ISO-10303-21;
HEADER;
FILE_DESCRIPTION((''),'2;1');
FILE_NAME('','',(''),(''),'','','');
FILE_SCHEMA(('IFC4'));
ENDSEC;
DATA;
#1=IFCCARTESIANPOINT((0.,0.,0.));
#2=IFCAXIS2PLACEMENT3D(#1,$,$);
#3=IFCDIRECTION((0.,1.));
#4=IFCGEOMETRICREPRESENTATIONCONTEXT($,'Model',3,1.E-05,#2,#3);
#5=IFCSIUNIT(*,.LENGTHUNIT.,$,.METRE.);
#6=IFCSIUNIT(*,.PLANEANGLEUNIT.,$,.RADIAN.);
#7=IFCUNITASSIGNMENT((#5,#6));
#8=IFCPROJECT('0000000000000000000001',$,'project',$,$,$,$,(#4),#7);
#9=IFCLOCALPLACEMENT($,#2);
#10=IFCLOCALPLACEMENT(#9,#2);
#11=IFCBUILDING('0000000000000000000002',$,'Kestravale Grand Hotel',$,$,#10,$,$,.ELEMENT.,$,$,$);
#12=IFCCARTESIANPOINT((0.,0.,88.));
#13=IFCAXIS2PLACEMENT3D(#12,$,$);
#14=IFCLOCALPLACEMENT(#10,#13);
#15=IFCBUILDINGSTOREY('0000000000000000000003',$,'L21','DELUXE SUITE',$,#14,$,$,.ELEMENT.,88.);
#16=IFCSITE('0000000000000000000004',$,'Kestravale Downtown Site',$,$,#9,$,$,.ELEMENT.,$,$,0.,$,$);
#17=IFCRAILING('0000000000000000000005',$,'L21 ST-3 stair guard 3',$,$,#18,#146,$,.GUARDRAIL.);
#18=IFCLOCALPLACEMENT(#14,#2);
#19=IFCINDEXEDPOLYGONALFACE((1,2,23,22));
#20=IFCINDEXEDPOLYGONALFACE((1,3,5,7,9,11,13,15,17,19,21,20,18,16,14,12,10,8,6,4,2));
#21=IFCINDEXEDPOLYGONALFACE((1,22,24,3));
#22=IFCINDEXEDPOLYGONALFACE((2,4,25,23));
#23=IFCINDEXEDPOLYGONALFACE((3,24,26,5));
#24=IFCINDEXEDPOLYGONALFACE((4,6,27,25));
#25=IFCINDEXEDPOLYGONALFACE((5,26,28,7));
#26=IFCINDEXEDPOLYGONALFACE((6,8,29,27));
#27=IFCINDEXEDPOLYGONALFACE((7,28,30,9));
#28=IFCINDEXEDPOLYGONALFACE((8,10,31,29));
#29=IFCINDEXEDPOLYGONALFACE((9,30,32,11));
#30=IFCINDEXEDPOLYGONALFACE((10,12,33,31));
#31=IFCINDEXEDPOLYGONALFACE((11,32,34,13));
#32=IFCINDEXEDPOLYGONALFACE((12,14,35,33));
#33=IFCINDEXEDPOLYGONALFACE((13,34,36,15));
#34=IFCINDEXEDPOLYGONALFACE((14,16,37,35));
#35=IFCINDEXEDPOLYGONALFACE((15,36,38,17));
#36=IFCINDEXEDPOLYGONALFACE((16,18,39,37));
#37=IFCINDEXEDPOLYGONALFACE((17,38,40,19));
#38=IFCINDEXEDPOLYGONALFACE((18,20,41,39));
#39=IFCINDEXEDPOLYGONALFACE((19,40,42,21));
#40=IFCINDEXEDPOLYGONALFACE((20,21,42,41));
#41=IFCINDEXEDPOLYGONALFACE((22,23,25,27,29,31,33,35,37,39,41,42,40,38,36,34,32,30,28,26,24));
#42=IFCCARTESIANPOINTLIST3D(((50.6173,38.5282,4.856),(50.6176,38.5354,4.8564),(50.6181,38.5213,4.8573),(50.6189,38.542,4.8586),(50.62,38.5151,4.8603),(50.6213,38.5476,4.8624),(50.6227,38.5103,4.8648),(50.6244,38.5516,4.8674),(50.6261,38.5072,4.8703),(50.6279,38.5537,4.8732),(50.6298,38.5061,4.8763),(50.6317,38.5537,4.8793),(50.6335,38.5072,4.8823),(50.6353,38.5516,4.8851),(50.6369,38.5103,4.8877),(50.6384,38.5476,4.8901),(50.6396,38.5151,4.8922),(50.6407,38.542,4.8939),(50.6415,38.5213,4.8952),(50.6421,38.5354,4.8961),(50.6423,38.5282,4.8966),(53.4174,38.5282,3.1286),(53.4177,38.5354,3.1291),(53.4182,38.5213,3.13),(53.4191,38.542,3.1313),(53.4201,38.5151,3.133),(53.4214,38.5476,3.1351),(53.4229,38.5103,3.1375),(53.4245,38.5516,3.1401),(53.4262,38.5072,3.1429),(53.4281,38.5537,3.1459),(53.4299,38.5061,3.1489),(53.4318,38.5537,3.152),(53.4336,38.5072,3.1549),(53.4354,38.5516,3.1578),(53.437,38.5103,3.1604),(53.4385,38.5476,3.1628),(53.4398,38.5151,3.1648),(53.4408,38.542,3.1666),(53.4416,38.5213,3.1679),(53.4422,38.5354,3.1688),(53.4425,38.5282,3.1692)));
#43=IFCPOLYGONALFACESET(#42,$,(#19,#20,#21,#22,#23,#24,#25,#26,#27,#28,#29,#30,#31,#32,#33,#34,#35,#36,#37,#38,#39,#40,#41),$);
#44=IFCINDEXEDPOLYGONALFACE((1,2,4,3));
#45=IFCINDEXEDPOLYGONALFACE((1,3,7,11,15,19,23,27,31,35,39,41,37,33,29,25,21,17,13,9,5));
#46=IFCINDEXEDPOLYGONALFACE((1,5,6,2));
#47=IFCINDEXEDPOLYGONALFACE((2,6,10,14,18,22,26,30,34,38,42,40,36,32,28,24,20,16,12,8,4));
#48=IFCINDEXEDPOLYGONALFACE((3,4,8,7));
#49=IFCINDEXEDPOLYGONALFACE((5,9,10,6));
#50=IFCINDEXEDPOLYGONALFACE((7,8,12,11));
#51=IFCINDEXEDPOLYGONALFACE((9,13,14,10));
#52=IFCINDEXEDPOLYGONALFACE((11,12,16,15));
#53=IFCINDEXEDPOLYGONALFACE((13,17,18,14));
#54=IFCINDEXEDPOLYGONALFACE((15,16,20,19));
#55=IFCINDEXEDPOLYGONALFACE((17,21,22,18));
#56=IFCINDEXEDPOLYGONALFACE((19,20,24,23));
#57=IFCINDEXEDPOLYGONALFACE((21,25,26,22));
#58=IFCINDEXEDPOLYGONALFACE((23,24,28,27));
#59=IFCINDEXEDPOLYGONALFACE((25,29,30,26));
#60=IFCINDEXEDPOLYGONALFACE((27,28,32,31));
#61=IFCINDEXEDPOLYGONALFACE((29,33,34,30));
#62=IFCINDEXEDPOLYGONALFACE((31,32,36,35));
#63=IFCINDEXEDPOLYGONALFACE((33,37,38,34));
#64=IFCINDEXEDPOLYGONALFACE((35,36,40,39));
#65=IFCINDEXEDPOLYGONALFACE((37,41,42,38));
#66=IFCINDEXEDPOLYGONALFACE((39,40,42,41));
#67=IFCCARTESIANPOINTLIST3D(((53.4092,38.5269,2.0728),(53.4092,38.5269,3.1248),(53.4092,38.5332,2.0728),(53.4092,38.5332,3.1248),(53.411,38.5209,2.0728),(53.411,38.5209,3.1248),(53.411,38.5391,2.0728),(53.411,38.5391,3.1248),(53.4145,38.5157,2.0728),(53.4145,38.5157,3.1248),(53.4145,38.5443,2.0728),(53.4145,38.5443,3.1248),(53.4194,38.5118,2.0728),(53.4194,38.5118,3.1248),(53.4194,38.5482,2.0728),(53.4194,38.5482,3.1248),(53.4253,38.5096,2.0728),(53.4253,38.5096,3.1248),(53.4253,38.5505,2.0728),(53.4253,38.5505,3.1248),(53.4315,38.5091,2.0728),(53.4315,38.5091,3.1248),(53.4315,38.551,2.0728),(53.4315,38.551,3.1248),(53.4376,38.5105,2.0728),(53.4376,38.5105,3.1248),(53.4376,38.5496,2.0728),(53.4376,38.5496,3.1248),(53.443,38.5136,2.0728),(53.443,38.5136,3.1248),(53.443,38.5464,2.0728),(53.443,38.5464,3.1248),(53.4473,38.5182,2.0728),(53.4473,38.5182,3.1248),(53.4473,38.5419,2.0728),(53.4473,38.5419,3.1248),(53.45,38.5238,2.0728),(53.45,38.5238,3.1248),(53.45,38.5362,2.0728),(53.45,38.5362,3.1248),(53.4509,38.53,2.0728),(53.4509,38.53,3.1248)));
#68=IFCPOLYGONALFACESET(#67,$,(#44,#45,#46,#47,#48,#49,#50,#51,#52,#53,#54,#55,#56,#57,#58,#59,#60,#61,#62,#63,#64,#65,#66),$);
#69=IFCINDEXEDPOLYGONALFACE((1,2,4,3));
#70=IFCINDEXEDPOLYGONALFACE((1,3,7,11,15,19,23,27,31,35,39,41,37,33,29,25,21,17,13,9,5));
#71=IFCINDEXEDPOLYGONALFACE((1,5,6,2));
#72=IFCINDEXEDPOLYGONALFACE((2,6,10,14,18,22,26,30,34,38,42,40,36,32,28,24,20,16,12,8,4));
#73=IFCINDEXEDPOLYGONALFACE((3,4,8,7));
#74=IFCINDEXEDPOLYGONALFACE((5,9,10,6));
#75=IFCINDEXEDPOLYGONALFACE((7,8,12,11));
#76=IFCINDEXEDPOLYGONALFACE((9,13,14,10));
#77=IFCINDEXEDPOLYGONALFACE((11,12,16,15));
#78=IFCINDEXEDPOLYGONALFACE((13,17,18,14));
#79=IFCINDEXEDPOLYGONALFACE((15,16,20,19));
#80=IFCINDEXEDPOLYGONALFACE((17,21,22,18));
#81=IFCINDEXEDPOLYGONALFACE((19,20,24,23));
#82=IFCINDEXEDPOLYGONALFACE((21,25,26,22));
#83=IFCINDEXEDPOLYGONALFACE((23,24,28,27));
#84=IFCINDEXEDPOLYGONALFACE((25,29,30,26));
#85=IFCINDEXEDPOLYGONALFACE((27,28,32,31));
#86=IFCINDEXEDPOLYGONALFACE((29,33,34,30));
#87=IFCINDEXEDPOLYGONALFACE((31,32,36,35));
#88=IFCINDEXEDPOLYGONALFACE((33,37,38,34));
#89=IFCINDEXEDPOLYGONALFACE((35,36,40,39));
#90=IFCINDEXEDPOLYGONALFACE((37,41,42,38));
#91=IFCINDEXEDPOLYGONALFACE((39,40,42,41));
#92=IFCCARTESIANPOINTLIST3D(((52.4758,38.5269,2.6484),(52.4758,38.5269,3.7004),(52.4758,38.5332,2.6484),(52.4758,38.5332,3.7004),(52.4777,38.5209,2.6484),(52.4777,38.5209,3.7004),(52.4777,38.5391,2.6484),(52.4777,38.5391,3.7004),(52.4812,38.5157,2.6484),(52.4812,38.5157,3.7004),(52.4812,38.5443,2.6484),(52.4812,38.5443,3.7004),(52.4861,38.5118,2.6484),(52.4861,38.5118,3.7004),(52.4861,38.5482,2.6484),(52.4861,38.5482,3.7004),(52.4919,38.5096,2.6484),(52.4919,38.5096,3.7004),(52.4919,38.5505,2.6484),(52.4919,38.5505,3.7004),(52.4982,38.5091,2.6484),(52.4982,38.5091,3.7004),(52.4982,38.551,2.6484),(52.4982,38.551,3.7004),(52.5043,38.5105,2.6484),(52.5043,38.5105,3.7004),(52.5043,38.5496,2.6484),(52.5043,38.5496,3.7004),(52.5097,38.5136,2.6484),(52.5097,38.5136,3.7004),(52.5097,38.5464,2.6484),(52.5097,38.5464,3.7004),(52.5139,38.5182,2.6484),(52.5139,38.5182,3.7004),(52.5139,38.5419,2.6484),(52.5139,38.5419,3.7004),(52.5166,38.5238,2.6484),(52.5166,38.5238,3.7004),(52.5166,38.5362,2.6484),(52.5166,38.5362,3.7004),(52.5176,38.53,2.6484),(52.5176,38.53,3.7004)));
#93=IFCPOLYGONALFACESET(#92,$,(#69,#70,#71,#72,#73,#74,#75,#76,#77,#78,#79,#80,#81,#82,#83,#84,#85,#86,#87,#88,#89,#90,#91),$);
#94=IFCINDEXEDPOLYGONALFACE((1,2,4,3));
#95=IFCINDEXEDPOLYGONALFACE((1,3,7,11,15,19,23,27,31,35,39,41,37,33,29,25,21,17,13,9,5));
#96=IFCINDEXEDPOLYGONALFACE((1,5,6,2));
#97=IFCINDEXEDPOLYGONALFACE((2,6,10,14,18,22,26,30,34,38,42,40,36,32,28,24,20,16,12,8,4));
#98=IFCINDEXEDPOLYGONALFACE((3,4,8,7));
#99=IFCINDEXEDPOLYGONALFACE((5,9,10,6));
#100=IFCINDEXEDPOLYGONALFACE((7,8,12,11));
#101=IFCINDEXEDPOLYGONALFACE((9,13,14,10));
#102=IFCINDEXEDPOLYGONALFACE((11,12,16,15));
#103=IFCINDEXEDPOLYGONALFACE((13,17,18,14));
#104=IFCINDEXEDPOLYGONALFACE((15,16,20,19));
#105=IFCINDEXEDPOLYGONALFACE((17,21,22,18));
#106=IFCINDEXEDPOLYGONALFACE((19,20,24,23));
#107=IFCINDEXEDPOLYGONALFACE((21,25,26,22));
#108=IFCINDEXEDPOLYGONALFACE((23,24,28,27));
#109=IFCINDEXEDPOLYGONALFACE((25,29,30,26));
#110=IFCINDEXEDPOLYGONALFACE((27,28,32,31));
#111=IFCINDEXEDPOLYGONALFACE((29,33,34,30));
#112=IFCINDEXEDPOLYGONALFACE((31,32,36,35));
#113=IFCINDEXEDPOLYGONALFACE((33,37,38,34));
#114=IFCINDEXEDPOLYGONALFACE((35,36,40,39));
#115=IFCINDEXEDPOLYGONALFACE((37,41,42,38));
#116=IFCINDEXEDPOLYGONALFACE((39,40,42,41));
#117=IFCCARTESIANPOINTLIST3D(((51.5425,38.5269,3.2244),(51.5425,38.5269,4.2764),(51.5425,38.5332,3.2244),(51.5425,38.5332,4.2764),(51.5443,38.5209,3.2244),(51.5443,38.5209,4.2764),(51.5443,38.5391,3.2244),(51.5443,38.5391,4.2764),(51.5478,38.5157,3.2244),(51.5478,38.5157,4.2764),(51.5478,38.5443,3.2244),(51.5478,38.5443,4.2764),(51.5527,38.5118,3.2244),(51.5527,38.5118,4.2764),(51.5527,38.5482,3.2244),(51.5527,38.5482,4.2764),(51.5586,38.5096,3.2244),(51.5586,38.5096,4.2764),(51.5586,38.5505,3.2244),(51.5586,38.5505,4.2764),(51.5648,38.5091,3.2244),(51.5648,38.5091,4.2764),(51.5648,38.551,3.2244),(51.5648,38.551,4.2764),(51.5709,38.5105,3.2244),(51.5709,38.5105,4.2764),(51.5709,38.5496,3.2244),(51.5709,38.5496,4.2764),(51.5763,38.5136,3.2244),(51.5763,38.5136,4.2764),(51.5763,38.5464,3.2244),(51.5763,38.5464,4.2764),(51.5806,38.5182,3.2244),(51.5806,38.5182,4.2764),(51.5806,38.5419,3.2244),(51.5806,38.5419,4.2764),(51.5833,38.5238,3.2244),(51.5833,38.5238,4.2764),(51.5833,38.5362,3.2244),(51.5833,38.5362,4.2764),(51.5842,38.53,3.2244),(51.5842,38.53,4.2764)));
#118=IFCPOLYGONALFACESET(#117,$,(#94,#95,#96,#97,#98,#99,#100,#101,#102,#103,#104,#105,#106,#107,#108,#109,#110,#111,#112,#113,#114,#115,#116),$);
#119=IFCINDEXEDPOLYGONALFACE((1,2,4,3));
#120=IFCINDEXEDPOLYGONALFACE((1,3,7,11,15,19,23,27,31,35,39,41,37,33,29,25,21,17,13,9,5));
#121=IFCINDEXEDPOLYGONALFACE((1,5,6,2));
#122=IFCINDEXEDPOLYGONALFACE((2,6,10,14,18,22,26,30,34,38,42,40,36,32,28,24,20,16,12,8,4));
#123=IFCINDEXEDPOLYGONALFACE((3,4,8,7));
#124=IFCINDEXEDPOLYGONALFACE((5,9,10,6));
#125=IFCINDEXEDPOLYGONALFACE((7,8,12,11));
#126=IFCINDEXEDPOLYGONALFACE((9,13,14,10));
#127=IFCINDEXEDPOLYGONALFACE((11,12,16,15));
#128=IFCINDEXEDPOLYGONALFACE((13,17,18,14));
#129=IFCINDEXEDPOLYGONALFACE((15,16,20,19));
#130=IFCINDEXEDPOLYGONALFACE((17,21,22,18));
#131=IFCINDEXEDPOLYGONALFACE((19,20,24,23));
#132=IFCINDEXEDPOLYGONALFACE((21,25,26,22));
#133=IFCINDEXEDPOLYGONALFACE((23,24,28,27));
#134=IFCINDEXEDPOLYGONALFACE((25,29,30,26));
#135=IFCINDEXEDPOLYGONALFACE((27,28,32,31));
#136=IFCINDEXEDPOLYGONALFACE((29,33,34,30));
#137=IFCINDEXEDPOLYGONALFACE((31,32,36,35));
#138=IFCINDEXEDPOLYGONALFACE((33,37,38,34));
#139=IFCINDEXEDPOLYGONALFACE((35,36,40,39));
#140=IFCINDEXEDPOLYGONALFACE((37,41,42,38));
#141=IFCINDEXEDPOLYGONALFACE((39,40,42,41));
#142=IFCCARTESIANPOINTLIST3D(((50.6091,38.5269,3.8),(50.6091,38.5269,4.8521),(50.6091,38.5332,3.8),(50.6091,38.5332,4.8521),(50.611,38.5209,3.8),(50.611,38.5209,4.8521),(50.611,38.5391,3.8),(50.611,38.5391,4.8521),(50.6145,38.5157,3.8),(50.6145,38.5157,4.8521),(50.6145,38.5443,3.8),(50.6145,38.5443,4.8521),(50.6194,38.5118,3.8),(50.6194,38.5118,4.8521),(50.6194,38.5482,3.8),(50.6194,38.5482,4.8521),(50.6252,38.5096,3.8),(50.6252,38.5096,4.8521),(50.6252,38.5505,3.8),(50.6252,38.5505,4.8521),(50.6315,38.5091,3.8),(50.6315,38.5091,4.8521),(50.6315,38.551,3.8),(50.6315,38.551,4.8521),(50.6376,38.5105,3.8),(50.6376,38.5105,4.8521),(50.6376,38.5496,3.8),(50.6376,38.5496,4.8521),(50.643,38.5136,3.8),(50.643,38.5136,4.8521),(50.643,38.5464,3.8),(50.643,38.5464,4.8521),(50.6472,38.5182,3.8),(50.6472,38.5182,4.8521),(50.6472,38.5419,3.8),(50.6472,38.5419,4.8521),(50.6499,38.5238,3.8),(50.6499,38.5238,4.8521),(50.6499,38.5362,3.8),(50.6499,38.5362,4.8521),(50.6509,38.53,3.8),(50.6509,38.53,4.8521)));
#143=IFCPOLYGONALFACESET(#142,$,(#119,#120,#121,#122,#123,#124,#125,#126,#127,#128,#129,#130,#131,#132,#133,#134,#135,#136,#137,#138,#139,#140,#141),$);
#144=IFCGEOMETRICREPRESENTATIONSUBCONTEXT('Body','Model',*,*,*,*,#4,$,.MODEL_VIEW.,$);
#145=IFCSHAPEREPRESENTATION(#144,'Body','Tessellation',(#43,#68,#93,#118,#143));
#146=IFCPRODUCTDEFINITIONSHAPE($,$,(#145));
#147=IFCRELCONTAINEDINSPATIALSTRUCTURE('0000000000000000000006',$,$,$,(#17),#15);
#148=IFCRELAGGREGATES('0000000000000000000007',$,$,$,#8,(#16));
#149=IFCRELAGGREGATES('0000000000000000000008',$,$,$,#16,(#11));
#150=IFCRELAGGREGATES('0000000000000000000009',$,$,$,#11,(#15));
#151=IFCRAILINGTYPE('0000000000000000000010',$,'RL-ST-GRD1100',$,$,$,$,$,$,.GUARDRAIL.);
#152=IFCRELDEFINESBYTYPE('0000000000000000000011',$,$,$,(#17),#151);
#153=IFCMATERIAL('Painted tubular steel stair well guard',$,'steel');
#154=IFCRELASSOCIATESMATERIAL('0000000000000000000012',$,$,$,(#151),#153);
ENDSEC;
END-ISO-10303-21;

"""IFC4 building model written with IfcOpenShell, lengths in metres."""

from ifc_helpers import new_model, si_unit, direction, frame, origin, origin_2d, place, context, subcontext, project, spatial, circle, extrude, material, type_object, element, save


model = new_model("IFC4")

# Units and contexts
model_context = context("Model", 3, precision=1e-05, world=origin(), true_north=direction((0.0, 1.0)))
body_context = subcontext(model_context, "Body", "Model", "MODEL_VIEW")
ifc_project = project(units=[si_unit("LENGTHUNIT", "METRE"), si_unit("PLANEANGLEUNIT", "RADIAN")], contexts=[model_context])

# Site, building, storey
site_placement = place(None, origin())
site = spatial("IfcSite", under=ifc_project, at=site_placement, Name="Kestravale Downtown Site", CompositionType="ELEMENT", RefElevation=0.0)
building_placement = place(site_placement, origin())
building = spatial("IfcBuilding", under=site, at=building_placement, Name="Kestravale Grand Hotel", CompositionType="ELEMENT")
storey_placement = place(building_placement, frame((0.0, 0.0, 88.0)))
storey = spatial("IfcBuildingStorey", under=building, at=storey_placement, Name="L21", Description="DELUXE SUITE", CompositionType="ELEMENT", Elevation=88.0)

# Railing
ifc_material_1 = material(Name="Painted tubular steel stair well guard", Category="steel")
railing_type_1 = type_object("IfcRailingType", Name="RL-ST-GRD1100", PredefinedType="GUARDRAIL", material=ifc_material_1)
railing_1_placement = place(storey_placement, frame((53.4299, 38.53, 2.0728)))
element("IfcRailing", 1, at=railing_1_placement, inside=storey, type_object=railing_type_1, Name="L21 ST-3 stair guard 3", PredefinedType="GUARDRAIL", context=body_context, shape_type="SweptSolid", body=[
    extrude(circle(Radius=0.0239, at=origin_2d()), frame((0.0, 0.0, 1.0762), z_axis=(-0.85109, 0.0, 0.52502), x_axis=(0.0, -1.0, 0.0)), (0.0, 0.0, 1.0), 3.29),
    extrude(circle(Radius=0.021, at=origin_2d()), origin(), (0.0, 0.0, 1.0), 1.052),
    extrude(circle(Radius=0.021, at=origin_2d()), frame((-0.9333, 0.0, 0.5757)), (0.0, 0.0, 1.0), 1.052),
    extrude(circle(Radius=0.021, at=origin_2d()), frame((-1.8667, 0.0, 1.1516)), (0.0, 0.0, 1.0), 1.052),
    extrude(circle(Radius=0.021, at=origin_2d()), frame((-2.8, 0.0, 1.7273)), (0.0, 0.0, 1.0), 1.052),
])

save(model, "model.ifc")
